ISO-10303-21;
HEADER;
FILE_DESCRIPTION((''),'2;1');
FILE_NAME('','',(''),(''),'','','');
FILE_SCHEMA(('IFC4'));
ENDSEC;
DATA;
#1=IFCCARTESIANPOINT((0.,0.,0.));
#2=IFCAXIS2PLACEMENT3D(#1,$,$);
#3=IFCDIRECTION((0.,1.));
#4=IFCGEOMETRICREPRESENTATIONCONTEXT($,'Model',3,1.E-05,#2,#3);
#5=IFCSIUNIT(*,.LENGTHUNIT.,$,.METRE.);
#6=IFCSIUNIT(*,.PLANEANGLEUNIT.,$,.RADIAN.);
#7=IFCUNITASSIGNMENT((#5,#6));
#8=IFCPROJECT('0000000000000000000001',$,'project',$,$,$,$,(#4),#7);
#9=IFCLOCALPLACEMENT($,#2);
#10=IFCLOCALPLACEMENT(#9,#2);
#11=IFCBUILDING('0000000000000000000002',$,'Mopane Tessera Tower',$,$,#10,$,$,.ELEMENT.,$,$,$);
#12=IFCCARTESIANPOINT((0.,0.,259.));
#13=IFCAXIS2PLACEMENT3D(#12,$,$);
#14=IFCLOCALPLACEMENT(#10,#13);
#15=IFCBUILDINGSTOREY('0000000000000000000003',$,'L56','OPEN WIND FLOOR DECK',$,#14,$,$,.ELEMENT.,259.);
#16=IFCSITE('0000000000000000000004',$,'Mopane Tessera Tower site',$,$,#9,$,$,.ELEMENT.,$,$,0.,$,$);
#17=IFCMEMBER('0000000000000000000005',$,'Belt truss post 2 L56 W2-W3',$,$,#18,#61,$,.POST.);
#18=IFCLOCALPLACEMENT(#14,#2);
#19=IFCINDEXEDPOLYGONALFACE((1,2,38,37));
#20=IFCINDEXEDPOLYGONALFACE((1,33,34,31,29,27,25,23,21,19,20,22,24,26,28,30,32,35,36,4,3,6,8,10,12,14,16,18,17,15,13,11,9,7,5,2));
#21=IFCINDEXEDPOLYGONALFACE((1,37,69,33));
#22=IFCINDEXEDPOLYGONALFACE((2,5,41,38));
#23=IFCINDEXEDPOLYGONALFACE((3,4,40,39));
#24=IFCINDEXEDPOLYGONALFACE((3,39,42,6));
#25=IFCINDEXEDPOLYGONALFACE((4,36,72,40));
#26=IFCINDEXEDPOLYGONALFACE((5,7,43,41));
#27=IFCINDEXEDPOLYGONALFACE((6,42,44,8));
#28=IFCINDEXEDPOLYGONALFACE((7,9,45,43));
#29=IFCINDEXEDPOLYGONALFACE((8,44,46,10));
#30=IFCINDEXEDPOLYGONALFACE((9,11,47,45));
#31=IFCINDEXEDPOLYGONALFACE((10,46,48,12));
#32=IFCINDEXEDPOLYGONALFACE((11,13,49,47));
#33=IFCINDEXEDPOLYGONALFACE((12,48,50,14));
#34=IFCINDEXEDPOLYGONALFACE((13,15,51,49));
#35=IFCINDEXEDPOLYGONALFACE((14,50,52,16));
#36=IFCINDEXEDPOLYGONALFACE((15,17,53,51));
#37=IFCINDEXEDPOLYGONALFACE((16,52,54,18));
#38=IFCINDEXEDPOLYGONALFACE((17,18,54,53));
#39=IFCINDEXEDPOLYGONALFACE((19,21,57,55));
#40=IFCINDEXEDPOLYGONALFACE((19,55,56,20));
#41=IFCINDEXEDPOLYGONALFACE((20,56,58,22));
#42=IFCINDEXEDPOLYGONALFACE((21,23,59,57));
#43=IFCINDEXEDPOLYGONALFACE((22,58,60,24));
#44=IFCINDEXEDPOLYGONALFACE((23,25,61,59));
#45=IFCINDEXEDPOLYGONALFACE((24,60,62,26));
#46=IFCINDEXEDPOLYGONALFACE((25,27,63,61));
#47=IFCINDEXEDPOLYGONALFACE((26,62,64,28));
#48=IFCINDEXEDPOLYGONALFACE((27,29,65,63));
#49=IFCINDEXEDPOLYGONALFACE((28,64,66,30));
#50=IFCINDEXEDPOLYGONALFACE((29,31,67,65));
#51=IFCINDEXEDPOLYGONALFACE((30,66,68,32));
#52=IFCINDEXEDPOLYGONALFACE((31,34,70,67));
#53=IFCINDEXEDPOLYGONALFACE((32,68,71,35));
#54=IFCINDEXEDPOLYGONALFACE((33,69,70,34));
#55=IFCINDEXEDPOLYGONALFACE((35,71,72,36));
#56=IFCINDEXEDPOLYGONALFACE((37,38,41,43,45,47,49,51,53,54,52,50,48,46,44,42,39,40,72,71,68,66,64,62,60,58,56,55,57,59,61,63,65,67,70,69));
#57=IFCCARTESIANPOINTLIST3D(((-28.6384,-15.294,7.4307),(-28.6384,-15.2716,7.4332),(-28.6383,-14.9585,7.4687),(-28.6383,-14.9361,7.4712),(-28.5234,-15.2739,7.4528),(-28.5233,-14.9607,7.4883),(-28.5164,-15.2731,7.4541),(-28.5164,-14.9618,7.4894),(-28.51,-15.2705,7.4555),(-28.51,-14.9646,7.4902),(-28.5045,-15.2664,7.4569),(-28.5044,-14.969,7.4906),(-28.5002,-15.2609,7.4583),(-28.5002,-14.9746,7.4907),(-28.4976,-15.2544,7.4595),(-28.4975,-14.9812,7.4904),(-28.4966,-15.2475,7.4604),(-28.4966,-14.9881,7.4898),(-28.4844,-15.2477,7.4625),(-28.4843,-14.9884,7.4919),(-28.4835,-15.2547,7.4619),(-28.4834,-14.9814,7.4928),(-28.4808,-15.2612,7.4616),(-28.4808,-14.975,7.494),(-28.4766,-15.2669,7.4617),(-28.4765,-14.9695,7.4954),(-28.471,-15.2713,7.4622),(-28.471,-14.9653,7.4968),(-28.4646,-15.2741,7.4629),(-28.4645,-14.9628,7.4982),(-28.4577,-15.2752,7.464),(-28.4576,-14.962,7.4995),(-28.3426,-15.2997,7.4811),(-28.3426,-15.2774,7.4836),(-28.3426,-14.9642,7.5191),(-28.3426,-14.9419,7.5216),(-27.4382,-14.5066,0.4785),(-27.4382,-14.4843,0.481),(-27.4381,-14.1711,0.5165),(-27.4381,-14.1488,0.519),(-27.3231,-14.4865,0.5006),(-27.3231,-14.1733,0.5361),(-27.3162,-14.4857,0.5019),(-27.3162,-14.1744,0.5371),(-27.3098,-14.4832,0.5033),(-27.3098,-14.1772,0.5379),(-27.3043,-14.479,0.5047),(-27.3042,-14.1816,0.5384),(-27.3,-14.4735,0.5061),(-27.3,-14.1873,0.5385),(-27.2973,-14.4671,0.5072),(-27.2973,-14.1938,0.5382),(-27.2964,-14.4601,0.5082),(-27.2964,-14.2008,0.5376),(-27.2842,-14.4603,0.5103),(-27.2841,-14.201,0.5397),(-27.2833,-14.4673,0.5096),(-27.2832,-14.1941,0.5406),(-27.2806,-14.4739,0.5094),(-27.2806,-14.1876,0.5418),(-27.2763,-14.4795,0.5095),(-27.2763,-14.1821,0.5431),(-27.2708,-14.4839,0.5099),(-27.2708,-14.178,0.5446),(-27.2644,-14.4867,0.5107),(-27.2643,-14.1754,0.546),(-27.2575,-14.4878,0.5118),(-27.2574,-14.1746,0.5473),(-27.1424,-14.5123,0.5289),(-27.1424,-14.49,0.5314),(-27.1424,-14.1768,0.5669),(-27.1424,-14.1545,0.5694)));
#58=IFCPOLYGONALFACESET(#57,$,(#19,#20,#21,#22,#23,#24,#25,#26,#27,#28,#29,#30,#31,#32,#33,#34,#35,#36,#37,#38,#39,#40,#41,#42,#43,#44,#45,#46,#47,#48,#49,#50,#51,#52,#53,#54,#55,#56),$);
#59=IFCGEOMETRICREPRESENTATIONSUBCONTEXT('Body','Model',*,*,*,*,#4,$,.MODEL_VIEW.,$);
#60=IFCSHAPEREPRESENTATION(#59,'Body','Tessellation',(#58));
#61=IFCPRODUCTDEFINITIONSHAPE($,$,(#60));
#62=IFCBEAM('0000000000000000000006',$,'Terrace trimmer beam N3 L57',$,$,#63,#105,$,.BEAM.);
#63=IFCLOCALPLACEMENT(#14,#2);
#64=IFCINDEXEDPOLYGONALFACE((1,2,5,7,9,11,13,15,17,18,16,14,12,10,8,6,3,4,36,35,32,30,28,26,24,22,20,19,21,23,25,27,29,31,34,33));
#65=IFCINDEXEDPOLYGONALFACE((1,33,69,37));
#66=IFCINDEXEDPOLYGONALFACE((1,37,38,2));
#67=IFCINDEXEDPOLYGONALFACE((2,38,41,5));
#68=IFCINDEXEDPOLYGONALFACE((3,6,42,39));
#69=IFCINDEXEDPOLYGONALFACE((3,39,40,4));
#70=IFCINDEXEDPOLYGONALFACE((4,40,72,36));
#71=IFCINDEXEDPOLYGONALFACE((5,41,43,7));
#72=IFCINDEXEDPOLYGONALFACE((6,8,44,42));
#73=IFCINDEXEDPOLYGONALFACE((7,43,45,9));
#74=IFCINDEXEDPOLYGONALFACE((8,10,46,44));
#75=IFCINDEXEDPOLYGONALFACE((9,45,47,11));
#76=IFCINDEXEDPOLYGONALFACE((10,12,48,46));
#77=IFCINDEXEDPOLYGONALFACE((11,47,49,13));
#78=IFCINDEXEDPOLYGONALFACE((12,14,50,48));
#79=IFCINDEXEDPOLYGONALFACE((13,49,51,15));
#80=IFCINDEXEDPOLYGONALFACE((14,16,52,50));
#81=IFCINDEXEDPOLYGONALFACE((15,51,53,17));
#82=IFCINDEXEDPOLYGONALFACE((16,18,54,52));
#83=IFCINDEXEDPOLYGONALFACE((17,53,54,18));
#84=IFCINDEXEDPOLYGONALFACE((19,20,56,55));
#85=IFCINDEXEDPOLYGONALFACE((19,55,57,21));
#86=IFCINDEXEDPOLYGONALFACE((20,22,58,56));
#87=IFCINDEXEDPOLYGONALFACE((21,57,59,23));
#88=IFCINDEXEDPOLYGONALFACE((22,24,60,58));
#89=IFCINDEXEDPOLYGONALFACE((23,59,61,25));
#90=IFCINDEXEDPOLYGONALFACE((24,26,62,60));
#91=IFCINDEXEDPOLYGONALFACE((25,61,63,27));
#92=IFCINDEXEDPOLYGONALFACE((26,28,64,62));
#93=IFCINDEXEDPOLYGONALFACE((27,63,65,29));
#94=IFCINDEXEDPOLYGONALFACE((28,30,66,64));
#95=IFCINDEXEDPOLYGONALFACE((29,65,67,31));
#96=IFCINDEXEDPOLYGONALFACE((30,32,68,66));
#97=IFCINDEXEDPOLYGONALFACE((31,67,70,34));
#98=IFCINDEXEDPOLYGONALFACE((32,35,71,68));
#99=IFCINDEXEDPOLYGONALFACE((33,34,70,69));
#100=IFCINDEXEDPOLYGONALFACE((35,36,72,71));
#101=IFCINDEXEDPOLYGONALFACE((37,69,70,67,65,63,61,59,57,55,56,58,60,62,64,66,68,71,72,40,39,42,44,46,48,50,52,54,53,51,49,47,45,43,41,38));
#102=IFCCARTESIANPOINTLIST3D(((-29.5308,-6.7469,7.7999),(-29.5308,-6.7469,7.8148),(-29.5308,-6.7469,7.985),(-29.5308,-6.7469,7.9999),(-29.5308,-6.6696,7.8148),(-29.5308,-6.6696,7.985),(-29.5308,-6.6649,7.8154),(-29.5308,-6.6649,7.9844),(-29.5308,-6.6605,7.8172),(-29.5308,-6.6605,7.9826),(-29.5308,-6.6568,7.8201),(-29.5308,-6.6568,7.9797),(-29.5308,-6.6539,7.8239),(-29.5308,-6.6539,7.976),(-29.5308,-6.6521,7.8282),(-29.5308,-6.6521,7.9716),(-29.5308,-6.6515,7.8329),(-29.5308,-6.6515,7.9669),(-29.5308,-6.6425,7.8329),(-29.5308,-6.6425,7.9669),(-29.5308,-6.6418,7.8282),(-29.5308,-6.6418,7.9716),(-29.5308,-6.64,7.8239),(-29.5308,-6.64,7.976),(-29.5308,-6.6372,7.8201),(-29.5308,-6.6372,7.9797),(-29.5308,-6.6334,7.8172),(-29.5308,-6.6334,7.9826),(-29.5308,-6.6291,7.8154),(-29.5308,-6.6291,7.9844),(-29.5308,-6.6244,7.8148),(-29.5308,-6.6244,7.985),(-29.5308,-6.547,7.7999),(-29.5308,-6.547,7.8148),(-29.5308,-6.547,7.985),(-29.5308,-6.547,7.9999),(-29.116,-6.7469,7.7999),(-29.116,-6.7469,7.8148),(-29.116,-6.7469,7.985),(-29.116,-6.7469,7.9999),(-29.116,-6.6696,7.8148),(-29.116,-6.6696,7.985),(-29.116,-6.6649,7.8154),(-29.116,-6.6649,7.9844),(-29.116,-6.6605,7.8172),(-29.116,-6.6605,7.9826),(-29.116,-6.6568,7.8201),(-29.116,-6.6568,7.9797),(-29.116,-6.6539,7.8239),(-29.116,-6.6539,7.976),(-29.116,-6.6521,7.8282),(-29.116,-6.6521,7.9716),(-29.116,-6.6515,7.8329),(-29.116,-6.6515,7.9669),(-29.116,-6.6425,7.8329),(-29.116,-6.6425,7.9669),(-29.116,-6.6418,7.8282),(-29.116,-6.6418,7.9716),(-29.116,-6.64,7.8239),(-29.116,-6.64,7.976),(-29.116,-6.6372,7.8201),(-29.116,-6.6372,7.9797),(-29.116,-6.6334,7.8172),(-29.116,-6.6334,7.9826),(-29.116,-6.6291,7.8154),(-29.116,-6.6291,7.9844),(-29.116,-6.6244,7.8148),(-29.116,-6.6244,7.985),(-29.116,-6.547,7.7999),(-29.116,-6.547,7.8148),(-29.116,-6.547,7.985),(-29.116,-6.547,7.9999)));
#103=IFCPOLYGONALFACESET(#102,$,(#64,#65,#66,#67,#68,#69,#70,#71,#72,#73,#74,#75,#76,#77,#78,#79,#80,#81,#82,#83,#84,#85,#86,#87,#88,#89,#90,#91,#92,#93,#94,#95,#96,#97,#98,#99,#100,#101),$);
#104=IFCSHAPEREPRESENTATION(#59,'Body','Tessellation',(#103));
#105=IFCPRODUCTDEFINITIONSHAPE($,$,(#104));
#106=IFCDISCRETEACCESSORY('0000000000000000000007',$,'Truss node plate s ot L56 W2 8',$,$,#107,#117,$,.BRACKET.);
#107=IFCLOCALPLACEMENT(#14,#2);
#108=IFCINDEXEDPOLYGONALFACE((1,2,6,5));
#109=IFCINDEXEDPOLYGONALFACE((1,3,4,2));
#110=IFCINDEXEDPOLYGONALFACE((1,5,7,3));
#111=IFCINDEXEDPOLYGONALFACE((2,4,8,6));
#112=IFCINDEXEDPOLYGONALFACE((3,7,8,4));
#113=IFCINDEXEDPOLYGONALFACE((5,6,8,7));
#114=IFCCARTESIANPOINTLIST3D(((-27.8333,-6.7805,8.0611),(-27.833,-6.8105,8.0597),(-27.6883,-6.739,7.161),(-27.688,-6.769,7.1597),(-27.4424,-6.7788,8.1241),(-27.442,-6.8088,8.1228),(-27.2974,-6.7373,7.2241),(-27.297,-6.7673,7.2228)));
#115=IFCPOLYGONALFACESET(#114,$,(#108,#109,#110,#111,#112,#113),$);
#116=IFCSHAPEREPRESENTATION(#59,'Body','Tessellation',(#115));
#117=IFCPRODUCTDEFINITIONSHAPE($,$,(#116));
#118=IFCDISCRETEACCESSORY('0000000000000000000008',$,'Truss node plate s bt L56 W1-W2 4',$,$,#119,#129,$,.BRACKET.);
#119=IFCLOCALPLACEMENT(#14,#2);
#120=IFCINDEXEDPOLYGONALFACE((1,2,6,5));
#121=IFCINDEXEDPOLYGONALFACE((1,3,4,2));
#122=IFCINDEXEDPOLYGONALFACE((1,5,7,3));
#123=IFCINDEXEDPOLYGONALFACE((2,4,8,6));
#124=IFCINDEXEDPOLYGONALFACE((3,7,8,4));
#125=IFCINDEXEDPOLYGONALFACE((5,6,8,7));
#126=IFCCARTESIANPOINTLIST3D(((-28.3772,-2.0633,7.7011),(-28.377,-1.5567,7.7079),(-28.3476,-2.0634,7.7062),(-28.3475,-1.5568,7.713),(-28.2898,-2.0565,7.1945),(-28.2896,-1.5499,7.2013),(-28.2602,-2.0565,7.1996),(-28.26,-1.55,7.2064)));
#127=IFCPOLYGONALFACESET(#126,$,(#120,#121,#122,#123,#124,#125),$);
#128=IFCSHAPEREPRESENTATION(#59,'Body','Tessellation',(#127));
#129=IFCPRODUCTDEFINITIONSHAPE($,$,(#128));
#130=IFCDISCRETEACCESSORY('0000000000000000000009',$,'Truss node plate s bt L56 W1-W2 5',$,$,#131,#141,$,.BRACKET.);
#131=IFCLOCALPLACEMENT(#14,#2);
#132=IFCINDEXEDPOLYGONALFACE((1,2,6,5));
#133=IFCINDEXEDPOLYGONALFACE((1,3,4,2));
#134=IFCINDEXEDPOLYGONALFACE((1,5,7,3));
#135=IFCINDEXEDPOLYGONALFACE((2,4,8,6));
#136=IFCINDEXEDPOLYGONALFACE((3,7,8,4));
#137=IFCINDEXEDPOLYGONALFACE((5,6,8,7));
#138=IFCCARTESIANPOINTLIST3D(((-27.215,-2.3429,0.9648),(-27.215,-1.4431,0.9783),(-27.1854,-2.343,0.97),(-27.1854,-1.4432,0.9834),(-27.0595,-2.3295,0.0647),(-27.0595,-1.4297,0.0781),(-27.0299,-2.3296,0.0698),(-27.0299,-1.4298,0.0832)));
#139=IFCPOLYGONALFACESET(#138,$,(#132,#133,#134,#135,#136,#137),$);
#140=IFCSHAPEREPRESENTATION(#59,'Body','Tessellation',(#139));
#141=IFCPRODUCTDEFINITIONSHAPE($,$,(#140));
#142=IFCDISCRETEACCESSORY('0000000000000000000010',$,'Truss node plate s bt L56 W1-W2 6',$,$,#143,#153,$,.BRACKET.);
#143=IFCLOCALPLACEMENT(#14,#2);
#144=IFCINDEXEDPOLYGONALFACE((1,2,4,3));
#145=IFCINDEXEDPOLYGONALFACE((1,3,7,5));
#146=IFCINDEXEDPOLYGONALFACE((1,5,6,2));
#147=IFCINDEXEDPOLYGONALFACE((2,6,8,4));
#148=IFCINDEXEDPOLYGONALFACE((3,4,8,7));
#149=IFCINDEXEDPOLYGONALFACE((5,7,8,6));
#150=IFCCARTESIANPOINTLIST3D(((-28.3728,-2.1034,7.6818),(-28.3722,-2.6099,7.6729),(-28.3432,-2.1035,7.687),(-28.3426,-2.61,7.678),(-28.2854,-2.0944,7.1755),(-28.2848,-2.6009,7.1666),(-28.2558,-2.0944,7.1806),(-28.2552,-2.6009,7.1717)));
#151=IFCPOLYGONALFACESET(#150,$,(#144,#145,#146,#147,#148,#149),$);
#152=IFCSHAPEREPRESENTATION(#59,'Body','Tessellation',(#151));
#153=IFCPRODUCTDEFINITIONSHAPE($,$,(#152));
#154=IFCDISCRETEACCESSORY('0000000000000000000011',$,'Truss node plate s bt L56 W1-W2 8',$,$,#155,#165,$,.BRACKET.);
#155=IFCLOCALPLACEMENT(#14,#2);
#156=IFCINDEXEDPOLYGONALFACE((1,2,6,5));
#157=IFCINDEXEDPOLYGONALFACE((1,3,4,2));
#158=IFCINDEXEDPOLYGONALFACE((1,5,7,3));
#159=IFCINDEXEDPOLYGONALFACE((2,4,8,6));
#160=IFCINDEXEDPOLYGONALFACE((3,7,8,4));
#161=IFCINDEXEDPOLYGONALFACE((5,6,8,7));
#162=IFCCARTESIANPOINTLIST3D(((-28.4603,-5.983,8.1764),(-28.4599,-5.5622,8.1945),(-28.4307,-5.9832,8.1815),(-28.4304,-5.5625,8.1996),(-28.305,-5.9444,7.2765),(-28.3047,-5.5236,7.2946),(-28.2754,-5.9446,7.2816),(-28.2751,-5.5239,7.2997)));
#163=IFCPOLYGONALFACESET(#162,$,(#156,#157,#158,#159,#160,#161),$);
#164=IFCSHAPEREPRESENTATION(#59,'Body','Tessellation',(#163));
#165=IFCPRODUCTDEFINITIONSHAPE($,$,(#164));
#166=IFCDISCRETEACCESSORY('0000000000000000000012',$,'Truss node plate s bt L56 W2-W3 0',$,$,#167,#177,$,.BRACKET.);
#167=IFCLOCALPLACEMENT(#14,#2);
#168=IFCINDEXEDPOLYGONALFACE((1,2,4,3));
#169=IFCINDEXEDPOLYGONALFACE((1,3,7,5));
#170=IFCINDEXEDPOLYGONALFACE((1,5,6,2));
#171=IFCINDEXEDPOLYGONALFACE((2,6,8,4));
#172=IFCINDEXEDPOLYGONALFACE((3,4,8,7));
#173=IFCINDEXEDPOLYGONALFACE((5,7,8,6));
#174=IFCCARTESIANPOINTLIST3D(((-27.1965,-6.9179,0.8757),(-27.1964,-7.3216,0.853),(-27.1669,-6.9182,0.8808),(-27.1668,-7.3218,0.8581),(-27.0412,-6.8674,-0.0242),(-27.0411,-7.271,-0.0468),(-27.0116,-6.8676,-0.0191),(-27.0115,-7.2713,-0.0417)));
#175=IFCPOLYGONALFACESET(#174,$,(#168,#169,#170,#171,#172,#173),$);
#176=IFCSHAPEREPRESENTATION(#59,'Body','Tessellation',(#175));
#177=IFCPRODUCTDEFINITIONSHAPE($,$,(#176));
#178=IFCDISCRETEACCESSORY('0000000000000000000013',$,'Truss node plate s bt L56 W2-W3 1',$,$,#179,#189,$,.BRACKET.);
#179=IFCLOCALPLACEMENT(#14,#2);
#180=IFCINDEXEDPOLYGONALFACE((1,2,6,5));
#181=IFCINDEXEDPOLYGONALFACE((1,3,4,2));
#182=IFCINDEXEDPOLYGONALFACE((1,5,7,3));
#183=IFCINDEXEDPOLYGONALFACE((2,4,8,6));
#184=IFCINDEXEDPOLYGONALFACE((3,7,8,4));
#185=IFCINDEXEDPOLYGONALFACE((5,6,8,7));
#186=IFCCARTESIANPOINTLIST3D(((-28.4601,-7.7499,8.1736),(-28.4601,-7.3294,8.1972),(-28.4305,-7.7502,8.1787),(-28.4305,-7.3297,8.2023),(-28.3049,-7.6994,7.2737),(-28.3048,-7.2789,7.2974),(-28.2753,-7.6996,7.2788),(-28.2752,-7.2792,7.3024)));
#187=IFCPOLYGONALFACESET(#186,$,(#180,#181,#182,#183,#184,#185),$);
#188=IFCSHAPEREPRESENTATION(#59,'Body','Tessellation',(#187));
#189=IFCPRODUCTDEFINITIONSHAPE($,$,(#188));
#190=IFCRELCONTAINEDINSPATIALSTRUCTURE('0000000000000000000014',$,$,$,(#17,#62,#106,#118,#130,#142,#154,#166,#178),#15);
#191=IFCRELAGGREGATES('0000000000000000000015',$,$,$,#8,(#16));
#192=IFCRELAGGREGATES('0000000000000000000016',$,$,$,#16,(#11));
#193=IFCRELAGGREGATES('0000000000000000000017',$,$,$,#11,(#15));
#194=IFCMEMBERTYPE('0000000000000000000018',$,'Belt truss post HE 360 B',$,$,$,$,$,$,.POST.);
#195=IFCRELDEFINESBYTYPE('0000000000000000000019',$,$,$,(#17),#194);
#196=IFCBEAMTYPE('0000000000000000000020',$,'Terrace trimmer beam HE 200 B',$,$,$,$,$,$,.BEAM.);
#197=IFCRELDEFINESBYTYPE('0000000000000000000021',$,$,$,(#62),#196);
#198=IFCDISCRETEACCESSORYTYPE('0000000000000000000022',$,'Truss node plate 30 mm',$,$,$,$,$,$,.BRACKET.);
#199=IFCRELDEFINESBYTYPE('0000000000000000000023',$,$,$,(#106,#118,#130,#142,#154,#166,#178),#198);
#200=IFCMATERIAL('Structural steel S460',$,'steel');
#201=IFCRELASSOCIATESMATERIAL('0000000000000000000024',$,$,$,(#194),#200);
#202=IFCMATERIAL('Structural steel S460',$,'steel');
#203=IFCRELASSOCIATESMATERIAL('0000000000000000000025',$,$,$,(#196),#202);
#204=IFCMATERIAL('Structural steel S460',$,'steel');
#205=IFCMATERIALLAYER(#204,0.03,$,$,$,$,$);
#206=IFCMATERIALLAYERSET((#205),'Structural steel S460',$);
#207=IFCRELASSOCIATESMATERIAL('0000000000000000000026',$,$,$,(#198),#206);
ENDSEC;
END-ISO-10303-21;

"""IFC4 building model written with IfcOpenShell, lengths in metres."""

from ifc_helpers import new_model, si_unit, direction, frame, origin, origin_2d, place, context, subcontext, project, spatial, rectangle, i_section, extrude, material, layer, layer_set, material_profile, profile_set, type_object, element, save


model = new_model("IFC4")

# Units and contexts
model_context = context("Model", 3, precision=1e-05, world=origin(), true_north=direction((0.0, 1.0)))
body_context = subcontext(model_context, "Body", "Model", "MODEL_VIEW")
ifc_project = project(units=[si_unit("LENGTHUNIT", "METRE"), si_unit("PLANEANGLEUNIT", "RADIAN")], contexts=[model_context])

# Site, building, storey
site_placement = place(None, origin())
site = spatial("IfcSite", under=ifc_project, at=site_placement, Name="Mopane Tessera Tower site", CompositionType="ELEMENT", RefElevation=0.0)
building_placement = place(site_placement, origin())
building = spatial("IfcBuilding", under=site, at=building_placement, Name="Mopane Tessera Tower", CompositionType="ELEMENT")
storey_placement = place(building_placement, frame((0.0, 0.0, 259.0)))
storey = spatial("IfcBuildingStorey", under=building, at=storey_placement, Name="L56", Description="OPEN WIND FLOOR DECK", CompositionType="ELEMENT", Elevation=259.0)

# Member
ifc_material_1 = material(Name="Structural steel S460", Category="steel")
ifc_material_profile_1 = material_profile(ifc_material_1, i_section(OverallWidth=0.3, OverallDepth=0.3601, WebThickness=0.0125, FlangeThickness=0.0225, FilletRadius=0.0271, at=origin_2d()))
ifc_profile_set_1 = profile_set([ifc_material_profile_1], Name="Structural steel S460")
member_type_1 = type_object("IfcMemberType", Name="Belt truss post HE 360 B", PredefinedType="POST", material=ifc_profile_set_1)
member_1_placement = place(storey_placement, frame((-27.2903, -14.3306, 0.5239), z_axis=(-0.169071, -0.110914, 0.979343), x_axis=(0.985604, -0.019141, 0.167984)))
element("IfcMember", 1, at=member_1_placement, inside=storey, type_object=member_type_1, Name="Belt truss post 2 L56 W2-W3", PredefinedType="POST", context=body_context, shape_type="SweptSolid", body=[
    extrude(i_section(OverallWidth=0.3, OverallDepth=0.3601, WebThickness=0.0125, FlangeThickness=0.0225, FilletRadius=0.0271, at=origin_2d()), origin(), (0.0, 0.0, 1.0), 7.0989),
])

# Beam
ifc_material_2 = material(Name="Structural steel S460", Category="steel")
ifc_material_profile_2 = material_profile(ifc_material_2, i_section(OverallWidth=0.2, OverallDepth=0.2, WebThickness=0.009, FlangeThickness=0.0149, FilletRadius=0.0181, at=origin_2d()))
ifc_profile_set_2 = profile_set([ifc_material_profile_2], Name="Structural steel S460")
beam_type = type_object("IfcBeamType", Name="Terrace trimmer beam HE 200 B", PredefinedType="BEAM", material=ifc_profile_set_2)
beam_placement = place(storey_placement, frame((-29.116, -6.647, 7.8999), z_axis=(-1.0, 0.0, 0.0), x_axis=(0.0, -1.0, 0.0)))
element("IfcBeam", 2, at=beam_placement, inside=storey, type_object=beam_type, Name="Terrace trimmer beam N3 L57", PredefinedType="BEAM", context=body_context, shape_type="SweptSolid", body=[
    extrude(i_section(OverallWidth=0.2, OverallDepth=0.2, WebThickness=0.009, FlangeThickness=0.0149, FilletRadius=0.0181, at=origin_2d()), origin(), (0.0, 0.0, 1.0), 0.4148),
])

# Discrete accessories
ifc_material_3 = material(Name="Structural steel S460", Category="steel")
ifc_layer = layer(ifc_material_3, 0.03)
ifc_layer_set = layer_set([ifc_layer], Name="Structural steel S460")
discrete_accessory_type = type_object("IfcDiscreteAccessoryType", Name="Truss node plate 30 mm", PredefinedType="BRACKET", material=ifc_layer_set)
discrete_accessory_1_placement = place(storey_placement, frame((-27.4927, -6.7532, 7.1919), z_axis=(-0.158891, -0.045474, 0.986248), x_axis=(0.011431, -0.998956, -0.044218)))
element("IfcDiscreteAccessory", 3, at=discrete_accessory_1_placement, inside=storey, type_object=discrete_accessory_type, Name="Truss node plate s ot L56 W2 8", PredefinedType="BRACKET", context=body_context, shape_type="SweptSolid", body=[
    extrude(rectangle(XDim=0.03, YDim=0.396, at=origin_2d()), origin(), (0.0, 0.0, 1.0), 0.9126),
])
discrete_accessory_2_placement = place(storey_placement, frame((-28.2749, -1.8032, 7.2004), z_axis=(-0.170003, -0.013296, 0.985354), x_axis=(0.985443, -0.002529, 0.169985)))
element("IfcDiscreteAccessory", 4, at=discrete_accessory_2_placement, inside=storey, type_object=discrete_accessory_type, Name="Truss node plate s bt L56 W1-W2 4", PredefinedType="BRACKET", context=body_context, shape_type="SweptSolid", body=[
    extrude(rectangle(XDim=0.03, YDim=0.5066, at=origin_2d()), origin(), (0.0, 0.0, 1.0), 0.5142),
])
discrete_accessory_3_placement = place(storey_placement, frame((-27.0447, -1.8796, 0.074), z_axis=(-0.170229, -0.014698, 0.985295), x_axis=(0.985405, -0.002583, 0.170209)))
element("IfcDiscreteAccessory", 5, at=discrete_accessory_3_placement, inside=storey, type_object=discrete_accessory_type, Name="Truss node plate s bt L56 W1-W2 5", PredefinedType="BRACKET", context=body_context, shape_type="SweptSolid", body=[
    extrude(rectangle(XDim=0.03, YDim=0.8999, at=origin_2d()), origin(), (0.0, 0.0, 1.0), 0.9136),
])
discrete_accessory_4_placement = place(storey_placement, frame((-28.2703, -2.3477, 7.1736), z_axis=(-0.170072, -0.017577, 0.985275), x_axis=(0.985431, -0.001827, 0.170066)))
element("IfcDiscreteAccessory", 6, at=discrete_accessory_4_placement, inside=storey, type_object=discrete_accessory_type, Name="Truss node plate s bt L56 W1-W2 6", PredefinedType="BRACKET", context=body_context, shape_type="SweptSolid", body=[
    extrude(rectangle(XDim=0.03, YDim=0.5066, at=origin_2d()), origin(), (0.0, 0.0, 1.0), 0.5139),
])
discrete_accessory_5_placement = place(storey_placement, frame((-28.29, -5.7341, 7.2881), z_axis=(-0.169881, -0.042203, 0.984561), x_axis=(0.985464, -0.008085, 0.16969)))
element("IfcDiscreteAccessory", 7, at=discrete_accessory_5_placement, inside=storey, type_object=discrete_accessory_type, Name="Truss node plate s bt L56 W1-W2 8", PredefinedType="BRACKET", context=body_context, shape_type="SweptSolid", body=[
    extrude(rectangle(XDim=0.03, YDim=0.4211, at=origin_2d()), origin(), (0.0, 0.0, 1.0), 0.9141),
])
discrete_accessory_6_placement = place(storey_placement, frame((-27.0264, -7.0693, -0.033), z_axis=(-0.169772, -0.055256, 0.983933), x_axis=(0.985483, -0.00925, 0.169521)))
element("IfcDiscreteAccessory", 8, at=discrete_accessory_6_placement, inside=storey, type_object=discrete_accessory_type, Name="Truss node plate s bt L56 W2-W3 0", PredefinedType="BRACKET", context=body_context, shape_type="SweptSolid", body=[
    extrude(rectangle(XDim=0.03, YDim=0.4043, at=origin_2d()), origin(), (0.0, 0.0, 1.0), 0.9146),
])
discrete_accessory_7_placement = place(storey_placement, frame((-28.29, -7.4893, 7.2881), z_axis=(-0.169772, -0.055256, 0.983933), x_axis=(0.985483, -0.009605, 0.169501)))
element("IfcDiscreteAccessory", 9, at=discrete_accessory_7_placement, inside=storey, type_object=discrete_accessory_type, Name="Truss node plate s bt L56 W2-W3 1", PredefinedType="BRACKET", context=body_context, shape_type="SweptSolid", body=[
    extrude(rectangle(XDim=0.03, YDim=0.4211, at=origin_2d()), origin(), (0.0, 0.0, 1.0), 0.9146),
])

save(model, "model.ifc")
